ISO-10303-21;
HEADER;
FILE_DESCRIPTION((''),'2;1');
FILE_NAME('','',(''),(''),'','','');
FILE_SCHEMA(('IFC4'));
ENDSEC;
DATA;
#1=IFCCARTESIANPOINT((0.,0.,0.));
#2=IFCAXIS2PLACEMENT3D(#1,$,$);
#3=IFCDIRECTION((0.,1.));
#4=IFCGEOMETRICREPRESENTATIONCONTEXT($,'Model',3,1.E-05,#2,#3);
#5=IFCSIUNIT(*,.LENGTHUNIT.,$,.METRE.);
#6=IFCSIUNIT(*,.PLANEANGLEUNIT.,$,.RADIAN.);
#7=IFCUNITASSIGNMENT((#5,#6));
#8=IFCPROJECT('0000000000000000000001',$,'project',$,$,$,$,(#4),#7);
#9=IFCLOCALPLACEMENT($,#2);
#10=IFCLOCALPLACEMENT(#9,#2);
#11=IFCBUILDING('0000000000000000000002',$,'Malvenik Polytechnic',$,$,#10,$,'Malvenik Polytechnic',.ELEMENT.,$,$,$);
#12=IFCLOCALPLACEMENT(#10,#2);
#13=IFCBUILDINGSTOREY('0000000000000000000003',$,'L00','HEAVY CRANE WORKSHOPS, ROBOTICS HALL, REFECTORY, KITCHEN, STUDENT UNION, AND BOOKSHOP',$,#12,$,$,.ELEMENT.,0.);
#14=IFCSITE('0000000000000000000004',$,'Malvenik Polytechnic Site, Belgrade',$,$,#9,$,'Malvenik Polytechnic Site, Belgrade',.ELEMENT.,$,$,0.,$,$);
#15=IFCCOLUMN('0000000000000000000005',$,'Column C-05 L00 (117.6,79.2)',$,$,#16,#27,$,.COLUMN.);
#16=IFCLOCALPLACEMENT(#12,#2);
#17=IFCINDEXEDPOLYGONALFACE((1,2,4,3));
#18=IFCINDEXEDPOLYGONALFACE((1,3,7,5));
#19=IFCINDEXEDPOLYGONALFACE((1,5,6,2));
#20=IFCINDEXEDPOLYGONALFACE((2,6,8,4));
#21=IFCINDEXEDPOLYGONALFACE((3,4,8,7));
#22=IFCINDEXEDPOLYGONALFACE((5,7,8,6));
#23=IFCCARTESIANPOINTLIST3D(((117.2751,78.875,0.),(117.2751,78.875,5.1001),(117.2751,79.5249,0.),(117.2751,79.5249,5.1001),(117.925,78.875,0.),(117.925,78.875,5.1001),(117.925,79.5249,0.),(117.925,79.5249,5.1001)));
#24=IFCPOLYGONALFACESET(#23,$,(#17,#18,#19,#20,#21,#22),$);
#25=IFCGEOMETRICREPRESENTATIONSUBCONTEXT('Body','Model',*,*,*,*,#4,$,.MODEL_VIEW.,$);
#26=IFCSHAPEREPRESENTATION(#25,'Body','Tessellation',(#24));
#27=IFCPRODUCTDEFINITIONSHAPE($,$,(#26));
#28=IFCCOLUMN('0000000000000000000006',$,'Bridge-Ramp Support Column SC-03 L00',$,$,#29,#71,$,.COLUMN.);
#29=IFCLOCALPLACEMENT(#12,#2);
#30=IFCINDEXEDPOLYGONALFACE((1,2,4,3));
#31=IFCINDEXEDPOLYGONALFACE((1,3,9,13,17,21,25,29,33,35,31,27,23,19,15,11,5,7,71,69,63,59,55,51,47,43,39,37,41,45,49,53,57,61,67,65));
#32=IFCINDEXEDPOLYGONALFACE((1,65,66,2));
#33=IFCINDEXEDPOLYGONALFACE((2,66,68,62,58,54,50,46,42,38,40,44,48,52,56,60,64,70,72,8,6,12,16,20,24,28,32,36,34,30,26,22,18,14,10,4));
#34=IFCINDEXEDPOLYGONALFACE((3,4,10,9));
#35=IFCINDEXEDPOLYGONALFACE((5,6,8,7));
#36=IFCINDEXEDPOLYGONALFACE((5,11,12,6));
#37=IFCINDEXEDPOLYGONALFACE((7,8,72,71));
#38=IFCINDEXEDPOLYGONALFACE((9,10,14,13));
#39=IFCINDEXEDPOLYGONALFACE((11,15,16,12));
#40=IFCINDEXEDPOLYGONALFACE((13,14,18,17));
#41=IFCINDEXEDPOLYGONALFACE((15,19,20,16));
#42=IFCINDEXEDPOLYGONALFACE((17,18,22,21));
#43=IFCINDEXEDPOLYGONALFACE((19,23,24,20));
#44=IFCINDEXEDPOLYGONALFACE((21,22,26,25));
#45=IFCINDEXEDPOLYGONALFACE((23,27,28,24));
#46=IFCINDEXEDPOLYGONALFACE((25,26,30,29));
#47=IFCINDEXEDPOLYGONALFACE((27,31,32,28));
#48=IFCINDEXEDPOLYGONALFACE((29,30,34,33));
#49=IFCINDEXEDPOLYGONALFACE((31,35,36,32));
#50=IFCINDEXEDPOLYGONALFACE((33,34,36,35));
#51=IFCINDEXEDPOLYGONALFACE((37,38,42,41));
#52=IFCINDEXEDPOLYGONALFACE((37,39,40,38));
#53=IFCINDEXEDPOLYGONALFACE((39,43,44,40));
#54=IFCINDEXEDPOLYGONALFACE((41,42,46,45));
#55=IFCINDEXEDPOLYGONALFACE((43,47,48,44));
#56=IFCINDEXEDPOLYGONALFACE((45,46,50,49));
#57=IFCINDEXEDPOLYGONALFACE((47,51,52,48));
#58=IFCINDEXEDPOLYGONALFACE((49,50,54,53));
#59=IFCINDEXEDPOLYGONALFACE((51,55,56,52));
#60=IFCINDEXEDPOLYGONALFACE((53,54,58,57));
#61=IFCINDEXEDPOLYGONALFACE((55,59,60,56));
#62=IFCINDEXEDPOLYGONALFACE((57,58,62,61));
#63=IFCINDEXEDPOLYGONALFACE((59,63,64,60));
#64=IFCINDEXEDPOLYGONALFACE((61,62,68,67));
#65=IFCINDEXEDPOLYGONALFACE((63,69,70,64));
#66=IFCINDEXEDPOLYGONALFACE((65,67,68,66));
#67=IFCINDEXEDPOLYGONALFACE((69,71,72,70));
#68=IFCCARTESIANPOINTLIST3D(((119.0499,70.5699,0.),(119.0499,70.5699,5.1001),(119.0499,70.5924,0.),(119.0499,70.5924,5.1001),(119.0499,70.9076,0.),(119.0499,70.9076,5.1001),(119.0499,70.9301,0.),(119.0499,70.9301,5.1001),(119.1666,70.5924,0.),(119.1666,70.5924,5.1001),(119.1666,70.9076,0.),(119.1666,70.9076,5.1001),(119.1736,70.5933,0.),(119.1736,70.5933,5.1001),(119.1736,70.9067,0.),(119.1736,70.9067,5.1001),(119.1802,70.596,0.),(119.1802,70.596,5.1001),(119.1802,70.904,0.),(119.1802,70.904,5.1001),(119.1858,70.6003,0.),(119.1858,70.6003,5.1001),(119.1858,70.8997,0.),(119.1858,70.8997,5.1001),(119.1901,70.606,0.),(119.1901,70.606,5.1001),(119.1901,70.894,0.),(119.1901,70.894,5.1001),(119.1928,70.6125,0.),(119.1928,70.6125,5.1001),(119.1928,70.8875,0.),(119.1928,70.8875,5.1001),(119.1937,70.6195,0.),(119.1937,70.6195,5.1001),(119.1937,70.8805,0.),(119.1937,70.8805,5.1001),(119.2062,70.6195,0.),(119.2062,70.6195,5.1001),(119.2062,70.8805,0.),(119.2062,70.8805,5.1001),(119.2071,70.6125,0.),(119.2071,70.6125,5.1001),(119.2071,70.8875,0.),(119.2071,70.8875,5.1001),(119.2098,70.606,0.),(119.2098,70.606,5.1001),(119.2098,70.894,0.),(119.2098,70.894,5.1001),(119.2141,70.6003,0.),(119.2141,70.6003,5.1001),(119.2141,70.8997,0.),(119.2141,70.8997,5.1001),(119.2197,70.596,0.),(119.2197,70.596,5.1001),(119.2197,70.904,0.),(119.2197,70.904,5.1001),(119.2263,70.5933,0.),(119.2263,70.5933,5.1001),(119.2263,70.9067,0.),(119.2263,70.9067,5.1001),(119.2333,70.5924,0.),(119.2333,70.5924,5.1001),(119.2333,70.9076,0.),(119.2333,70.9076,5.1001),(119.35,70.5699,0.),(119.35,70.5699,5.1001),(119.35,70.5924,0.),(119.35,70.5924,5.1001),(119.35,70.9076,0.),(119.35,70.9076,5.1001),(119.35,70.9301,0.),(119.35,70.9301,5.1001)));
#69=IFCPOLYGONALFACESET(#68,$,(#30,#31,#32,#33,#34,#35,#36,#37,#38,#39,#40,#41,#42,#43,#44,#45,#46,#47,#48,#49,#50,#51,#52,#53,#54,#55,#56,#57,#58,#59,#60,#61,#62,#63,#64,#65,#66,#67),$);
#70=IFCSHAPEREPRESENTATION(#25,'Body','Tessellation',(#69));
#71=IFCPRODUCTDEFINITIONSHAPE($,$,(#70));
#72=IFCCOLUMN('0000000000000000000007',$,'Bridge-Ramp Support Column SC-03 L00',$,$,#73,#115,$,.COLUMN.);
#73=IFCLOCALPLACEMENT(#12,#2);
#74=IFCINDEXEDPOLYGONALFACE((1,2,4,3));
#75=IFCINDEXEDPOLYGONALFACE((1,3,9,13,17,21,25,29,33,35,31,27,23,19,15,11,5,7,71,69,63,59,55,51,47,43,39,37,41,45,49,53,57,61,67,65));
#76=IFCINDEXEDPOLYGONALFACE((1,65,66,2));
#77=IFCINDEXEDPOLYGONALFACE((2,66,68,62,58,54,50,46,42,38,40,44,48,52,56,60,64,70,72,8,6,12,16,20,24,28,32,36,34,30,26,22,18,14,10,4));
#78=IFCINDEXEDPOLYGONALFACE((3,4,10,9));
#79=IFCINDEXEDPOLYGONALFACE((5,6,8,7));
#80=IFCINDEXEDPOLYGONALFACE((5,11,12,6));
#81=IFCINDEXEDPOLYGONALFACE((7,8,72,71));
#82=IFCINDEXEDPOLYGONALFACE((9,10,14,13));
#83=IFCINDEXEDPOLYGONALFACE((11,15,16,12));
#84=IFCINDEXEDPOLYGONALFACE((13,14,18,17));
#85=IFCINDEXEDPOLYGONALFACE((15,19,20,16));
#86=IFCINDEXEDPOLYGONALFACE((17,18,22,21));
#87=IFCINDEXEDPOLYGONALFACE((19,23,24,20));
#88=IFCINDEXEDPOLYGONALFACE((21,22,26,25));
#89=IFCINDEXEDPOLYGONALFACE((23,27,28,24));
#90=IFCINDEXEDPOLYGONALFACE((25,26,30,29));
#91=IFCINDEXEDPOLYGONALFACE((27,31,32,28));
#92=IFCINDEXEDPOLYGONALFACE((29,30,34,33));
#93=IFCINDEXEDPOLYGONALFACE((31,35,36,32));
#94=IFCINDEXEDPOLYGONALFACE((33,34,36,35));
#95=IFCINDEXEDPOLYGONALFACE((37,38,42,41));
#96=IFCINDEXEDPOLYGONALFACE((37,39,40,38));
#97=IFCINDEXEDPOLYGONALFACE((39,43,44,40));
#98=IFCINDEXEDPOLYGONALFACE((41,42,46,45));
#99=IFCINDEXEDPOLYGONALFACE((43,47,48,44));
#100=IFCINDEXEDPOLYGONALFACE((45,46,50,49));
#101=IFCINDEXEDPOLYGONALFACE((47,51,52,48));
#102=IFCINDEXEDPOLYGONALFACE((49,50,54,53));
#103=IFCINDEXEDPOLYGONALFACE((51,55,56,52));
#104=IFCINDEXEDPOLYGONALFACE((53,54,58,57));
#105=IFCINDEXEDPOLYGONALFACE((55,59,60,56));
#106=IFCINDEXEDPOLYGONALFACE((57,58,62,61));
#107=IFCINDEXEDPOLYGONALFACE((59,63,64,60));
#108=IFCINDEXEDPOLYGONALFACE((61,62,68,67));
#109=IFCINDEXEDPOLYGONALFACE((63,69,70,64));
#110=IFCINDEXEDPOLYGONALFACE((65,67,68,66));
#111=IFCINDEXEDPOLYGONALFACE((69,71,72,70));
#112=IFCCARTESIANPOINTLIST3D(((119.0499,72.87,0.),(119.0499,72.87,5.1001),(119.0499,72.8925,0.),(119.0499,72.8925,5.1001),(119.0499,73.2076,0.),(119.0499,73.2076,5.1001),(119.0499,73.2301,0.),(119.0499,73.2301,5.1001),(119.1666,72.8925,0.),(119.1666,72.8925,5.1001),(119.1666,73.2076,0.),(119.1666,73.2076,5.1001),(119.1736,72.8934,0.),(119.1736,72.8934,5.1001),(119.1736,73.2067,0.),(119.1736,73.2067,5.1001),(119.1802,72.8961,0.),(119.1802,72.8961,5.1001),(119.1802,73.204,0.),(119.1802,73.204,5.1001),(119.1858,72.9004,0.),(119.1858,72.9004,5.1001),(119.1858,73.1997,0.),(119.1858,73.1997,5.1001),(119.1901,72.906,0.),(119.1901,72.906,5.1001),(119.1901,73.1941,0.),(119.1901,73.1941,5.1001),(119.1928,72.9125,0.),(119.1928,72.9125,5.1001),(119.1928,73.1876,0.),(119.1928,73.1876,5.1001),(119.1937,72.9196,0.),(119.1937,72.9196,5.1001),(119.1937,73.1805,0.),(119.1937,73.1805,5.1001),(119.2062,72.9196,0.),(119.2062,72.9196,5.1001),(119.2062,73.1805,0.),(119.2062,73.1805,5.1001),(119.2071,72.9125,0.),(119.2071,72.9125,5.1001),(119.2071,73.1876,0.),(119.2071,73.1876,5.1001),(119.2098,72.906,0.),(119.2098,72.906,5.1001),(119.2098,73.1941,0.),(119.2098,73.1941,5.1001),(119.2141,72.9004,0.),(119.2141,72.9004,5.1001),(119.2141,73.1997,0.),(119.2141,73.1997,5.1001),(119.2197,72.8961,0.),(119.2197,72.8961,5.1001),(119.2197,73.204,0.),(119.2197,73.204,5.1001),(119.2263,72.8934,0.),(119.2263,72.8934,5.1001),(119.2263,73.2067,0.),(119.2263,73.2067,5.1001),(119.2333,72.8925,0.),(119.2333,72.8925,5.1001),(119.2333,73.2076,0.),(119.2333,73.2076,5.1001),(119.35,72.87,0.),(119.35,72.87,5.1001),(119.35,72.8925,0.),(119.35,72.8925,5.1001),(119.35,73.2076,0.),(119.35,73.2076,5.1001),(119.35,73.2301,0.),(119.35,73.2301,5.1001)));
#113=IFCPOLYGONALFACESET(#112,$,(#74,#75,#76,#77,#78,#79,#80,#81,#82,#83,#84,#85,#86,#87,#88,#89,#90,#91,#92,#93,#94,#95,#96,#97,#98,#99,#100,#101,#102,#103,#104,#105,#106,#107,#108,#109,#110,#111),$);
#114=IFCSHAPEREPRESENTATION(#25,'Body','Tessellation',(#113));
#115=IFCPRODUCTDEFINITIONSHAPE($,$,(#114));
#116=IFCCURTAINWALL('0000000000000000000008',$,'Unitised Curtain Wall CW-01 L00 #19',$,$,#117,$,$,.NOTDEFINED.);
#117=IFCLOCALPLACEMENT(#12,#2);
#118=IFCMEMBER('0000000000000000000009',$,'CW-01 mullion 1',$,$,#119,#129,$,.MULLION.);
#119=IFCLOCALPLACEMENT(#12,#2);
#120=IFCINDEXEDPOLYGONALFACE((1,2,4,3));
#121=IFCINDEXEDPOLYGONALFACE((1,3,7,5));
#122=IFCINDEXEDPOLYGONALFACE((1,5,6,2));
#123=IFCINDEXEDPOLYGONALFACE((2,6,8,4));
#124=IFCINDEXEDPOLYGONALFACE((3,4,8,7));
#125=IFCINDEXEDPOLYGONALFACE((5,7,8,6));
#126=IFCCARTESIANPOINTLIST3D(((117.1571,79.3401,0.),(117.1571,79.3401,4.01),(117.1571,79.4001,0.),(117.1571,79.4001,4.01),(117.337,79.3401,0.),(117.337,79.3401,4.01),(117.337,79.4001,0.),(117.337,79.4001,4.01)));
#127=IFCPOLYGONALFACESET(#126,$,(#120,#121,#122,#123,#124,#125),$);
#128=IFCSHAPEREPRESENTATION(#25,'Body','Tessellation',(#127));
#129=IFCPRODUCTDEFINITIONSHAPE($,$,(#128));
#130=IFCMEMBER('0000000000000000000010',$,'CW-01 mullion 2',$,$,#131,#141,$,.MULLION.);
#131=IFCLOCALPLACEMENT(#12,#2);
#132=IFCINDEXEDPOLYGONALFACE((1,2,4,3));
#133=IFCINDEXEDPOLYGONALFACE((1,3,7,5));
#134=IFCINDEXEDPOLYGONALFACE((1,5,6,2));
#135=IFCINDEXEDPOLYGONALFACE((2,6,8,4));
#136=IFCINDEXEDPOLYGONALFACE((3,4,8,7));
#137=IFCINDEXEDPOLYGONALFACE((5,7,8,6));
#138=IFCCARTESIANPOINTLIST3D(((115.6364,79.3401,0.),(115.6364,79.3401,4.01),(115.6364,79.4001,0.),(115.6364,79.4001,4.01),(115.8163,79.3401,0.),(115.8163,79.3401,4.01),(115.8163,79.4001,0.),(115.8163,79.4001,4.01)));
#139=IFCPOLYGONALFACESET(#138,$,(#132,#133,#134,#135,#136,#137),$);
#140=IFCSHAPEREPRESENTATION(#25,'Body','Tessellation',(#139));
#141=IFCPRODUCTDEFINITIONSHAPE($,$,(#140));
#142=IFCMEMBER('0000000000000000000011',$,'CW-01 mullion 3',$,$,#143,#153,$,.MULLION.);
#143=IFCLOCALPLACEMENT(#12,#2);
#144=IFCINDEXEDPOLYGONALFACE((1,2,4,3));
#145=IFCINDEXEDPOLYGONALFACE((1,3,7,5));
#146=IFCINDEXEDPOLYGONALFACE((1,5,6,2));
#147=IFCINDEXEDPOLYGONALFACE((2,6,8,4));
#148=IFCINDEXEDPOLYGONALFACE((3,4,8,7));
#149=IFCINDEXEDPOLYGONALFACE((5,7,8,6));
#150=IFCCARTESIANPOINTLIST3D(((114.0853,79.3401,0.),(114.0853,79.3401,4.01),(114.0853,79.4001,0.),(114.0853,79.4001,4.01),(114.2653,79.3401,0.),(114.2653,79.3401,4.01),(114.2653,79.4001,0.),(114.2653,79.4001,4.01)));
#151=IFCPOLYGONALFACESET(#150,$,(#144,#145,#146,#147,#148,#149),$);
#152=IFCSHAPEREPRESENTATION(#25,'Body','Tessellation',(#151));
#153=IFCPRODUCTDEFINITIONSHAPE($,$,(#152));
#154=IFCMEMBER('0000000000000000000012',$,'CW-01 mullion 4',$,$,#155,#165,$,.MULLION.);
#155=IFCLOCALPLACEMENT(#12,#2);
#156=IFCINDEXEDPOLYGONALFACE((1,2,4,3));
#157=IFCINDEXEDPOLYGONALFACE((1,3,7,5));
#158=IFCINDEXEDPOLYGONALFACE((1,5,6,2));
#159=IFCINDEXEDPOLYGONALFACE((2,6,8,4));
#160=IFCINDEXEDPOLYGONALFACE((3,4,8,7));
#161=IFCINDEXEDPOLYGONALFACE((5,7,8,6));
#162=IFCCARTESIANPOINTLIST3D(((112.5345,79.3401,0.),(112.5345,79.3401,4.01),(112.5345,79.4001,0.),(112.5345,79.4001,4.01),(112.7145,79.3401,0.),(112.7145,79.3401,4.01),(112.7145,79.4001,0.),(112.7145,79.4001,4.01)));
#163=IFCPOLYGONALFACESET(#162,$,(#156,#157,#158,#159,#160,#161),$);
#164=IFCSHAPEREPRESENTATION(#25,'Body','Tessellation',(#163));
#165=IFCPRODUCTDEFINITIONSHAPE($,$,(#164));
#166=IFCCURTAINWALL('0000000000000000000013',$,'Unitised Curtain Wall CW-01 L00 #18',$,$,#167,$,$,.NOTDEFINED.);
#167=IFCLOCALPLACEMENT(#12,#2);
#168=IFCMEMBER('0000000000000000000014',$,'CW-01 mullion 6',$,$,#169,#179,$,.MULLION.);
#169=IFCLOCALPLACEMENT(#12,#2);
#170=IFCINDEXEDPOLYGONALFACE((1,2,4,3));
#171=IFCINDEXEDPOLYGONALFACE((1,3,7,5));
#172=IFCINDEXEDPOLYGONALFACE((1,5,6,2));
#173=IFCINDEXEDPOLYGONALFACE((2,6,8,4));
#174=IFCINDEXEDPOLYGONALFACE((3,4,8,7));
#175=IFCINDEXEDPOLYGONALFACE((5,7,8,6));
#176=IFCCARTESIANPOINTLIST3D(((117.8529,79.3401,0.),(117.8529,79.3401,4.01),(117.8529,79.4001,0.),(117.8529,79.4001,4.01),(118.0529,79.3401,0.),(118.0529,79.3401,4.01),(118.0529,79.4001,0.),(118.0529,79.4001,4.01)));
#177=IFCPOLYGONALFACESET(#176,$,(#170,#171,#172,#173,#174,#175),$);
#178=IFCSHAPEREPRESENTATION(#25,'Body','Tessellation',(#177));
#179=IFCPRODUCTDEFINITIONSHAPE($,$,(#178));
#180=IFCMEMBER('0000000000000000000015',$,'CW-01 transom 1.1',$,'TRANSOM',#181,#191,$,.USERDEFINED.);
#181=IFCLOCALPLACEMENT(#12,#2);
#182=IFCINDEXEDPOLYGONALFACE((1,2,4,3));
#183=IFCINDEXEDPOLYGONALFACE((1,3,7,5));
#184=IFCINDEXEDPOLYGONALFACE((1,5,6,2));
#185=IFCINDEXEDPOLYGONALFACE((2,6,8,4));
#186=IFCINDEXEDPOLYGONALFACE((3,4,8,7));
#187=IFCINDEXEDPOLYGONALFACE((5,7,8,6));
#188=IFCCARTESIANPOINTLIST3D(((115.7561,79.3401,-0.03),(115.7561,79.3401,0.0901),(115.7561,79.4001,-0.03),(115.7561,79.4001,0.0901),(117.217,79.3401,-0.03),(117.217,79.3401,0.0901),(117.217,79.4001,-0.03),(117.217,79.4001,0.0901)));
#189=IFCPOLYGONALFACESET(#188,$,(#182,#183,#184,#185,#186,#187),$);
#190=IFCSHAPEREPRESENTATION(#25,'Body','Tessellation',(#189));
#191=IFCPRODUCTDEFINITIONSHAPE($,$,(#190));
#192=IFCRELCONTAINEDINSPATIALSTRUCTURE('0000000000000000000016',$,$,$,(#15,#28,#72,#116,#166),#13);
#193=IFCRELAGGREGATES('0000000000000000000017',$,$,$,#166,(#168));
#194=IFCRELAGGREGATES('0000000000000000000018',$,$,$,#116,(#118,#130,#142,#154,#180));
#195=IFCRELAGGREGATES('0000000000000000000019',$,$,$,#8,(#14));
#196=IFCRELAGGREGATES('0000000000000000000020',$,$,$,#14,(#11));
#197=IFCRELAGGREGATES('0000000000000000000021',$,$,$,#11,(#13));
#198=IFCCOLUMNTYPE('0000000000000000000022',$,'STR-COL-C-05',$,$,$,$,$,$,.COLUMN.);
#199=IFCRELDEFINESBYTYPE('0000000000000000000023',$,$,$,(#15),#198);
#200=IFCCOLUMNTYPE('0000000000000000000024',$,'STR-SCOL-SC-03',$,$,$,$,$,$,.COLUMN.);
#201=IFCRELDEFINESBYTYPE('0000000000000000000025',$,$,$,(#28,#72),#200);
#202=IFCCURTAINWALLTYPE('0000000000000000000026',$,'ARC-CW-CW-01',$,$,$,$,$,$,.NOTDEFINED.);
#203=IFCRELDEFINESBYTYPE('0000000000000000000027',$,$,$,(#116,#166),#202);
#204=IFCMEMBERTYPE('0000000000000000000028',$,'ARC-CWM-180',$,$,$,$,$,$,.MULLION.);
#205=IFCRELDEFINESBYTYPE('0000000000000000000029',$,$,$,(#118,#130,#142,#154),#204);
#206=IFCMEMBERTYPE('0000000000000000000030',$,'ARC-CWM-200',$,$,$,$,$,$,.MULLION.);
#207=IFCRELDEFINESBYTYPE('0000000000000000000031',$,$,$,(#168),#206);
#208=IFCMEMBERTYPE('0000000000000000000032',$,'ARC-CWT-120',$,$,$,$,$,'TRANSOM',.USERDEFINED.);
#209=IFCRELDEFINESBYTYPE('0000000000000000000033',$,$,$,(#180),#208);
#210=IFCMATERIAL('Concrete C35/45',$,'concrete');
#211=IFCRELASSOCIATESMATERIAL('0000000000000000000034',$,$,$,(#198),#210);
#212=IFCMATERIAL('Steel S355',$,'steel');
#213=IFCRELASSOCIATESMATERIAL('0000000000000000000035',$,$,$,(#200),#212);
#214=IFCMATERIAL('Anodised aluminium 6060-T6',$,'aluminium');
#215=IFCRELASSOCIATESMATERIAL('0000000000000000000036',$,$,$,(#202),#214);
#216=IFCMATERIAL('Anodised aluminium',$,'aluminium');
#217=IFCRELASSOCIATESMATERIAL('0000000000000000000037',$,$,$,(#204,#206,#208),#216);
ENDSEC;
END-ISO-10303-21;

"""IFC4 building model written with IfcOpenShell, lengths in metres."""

from ifc_helpers import new_model, si_unit, direction, frame, origin, origin_2d, place, context, subcontext, project, spatial, rectangle, i_section, extrude, material, material_profile, profile_set, type_object, element, aggregate, save


model = new_model("IFC4")

# Units and contexts
model_context = context("Model", 3, precision=1e-05, world=origin(), true_north=direction((0.0, 1.0)))
body_context = subcontext(model_context, "Body", "Model", "MODEL_VIEW")
ifc_project = project(units=[si_unit("LENGTHUNIT", "METRE"), si_unit("PLANEANGLEUNIT", "RADIAN")], contexts=[model_context])

# Site, building, storey
site_placement = place(None, origin())
site = spatial("IfcSite", under=ifc_project, at=site_placement, Name="Malvenik Polytechnic Site, Belgrade", LongName="Malvenik Polytechnic Site, Belgrade", CompositionType="ELEMENT", RefElevation=0.0)
building_placement = place(site_placement, origin())
building = spatial("IfcBuilding", under=site, at=building_placement, Name="Malvenik Polytechnic", LongName="Malvenik Polytechnic", CompositionType="ELEMENT")
storey_placement = place(building_placement, origin())
storey = spatial("IfcBuildingStorey", under=building, at=storey_placement, Name="L00", Description="HEAVY CRANE WORKSHOPS, ROBOTICS HALL, REFECTORY, KITCHEN, STUDENT UNION, AND BOOKSHOP", CompositionType="ELEMENT", Elevation=0.0)

# Columns
ifc_material_1 = material(Name="Concrete C35/45", Category="concrete")
ifc_material_profile_1 = material_profile(ifc_material_1, rectangle(XDim=0.6499, YDim=0.6499, at=origin_2d()), Name="RC COL 650x650")
ifc_profile_set_1 = profile_set([ifc_material_profile_1], Name="Concrete C35/45")
column_type_1 = type_object("IfcColumnType", Name="STR-COL-C-05", PredefinedType="COLUMN", material=ifc_profile_set_1)
column_placement = place(storey_placement, frame((117.6001, 79.2, 0.0), z_axis=(0.0, 0.0, 1.0), x_axis=(1.0, 0.0, 0.0)))
element("IfcColumn", 1, at=column_placement, inside=storey, type_object=column_type_1, Name="Column C-05 L00 (117.6,79.2)", PredefinedType="COLUMN", context=body_context, shape_type="SweptSolid", body=[
    extrude(rectangle(XDim=0.6499, YDim=0.6499, at=origin_2d()), origin(), (0.0, 0.0, 1.0), 5.1001),
])
ifc_material_2 = material(Name="Steel S355", Category="steel")
ifc_material_profile_2 = material_profile(ifc_material_2, i_section(OverallWidth=0.3, OverallDepth=0.3601, WebThickness=0.0125, FlangeThickness=0.0225, FilletRadius=0.0271, at=origin_2d()), Name="HEB 360")
ifc_profile_set_2 = profile_set([ifc_material_profile_2], Name="Steel S355")
column_type_2 = type_object("IfcColumnType", Name="STR-SCOL-SC-03", PredefinedType="COLUMN", material=ifc_profile_set_2)
for number, where, z_axis, x_axis, name in (
    (2, (119.2, 70.75, 0.0), (0.0, 0.0, 1.0), (1.0, 0.0, 0.0), "Bridge-Ramp Support Column SC-03 L00"),
    (3, (119.2, 73.05, 0.0), (0.0, 0.0, 1.0), (1.0, 0.0, 0.0), "Bridge-Ramp Support Column SC-03 L00"),
):
    element("IfcColumn", number, at=place(storey_placement, frame(where, z_axis=z_axis, x_axis=x_axis)), inside=storey, type_object=column_type_2, Name=name, PredefinedType="COLUMN", context=body_context, shape_type="SweptSolid", body=[
        extrude(i_section(OverallWidth=0.3, OverallDepth=0.3601, WebThickness=0.0125, FlangeThickness=0.0225, FilletRadius=0.0271, at=origin_2d()), origin(), (0.0, 0.0, 1.0), 5.1001),
    ])

# Curtain wall, members
ifc_material_3 = material(Name="Anodised aluminium 6060-T6", Category="aluminium")
curtain_wall_type = type_object("IfcCurtainWallType", Name="ARC-CW-CW-01", PredefinedType="NOTDEFINED", material=ifc_material_3)
curtain_wall_1_placement = place(storey_placement, origin())
curtain_wall_1 = element("IfcCurtainWall", 4, at=curtain_wall_1_placement, inside=storey, type_object=curtain_wall_type, Name="Unitised Curtain Wall CW-01 L00 #19", PredefinedType="NOTDEFINED")
ifc_material_4 = material(Name="Anodised aluminium", Category="aluminium")
ifc_material_profile_3 = material_profile(ifc_material_4, rectangle(XDim=0.0601, YDim=0.1799, at=origin_2d()), Name="ALU MULLION 60x180")
ifc_profile_set_3 = profile_set([ifc_material_profile_3], Name="Anodised aluminium")
member_type_1 = type_object("IfcMemberType", Name="ARC-CWM-180", PredefinedType="MULLION", material=ifc_profile_set_3)
member_1_placement = place(storey_placement, frame((117.2471, 79.3701, 0.0), z_axis=(0.0, 0.0, 1.0), x_axis=(0.0, -1.0, 0.0)))
member_1 = element("IfcMember", 5, at=member_1_placement, type_object=member_type_1, Name="CW-01 mullion 1", PredefinedType="MULLION", context=body_context, shape_type="SweptSolid", body=[
    extrude(rectangle(XDim=0.0601, YDim=0.1799, at=origin_2d()), origin(), (0.0, 0.0, 1.0), 4.01),
])
member_2_placement = place(storey_placement, frame((115.7263, 79.3701, 0.0), z_axis=(0.0, 0.0, 1.0), x_axis=(0.0, -1.0, 0.0)))
member_2 = element("IfcMember", 6, at=member_2_placement, type_object=member_type_1, Name="CW-01 mullion 2", PredefinedType="MULLION", context=body_context, shape_type="SweptSolid", body=[
    extrude(rectangle(XDim=0.0601, YDim=0.1799, at=origin_2d()), origin(), (0.0, 0.0, 1.0), 4.01),
])
member_3_placement = place(storey_placement, frame((114.1753, 79.3701, 0.0), z_axis=(0.0, 0.0, 1.0), x_axis=(0.0, -1.0, 0.0)))
member_3 = element("IfcMember", 7, at=member_3_placement, type_object=member_type_1, Name="CW-01 mullion 3", PredefinedType="MULLION", context=body_context, shape_type="SweptSolid", body=[
    extrude(rectangle(XDim=0.0601, YDim=0.1799, at=origin_2d()), origin(), (0.0, 0.0, 1.0), 4.01),
])
member_4_placement = place(storey_placement, frame((112.6245, 79.3701, 0.0), z_axis=(0.0, 0.0, 1.0), x_axis=(0.0, -1.0, 0.0)))
member_4 = element("IfcMember", 8, at=member_4_placement, type_object=member_type_1, Name="CW-01 mullion 4", PredefinedType="MULLION", context=body_context, shape_type="SweptSolid", body=[
    extrude(rectangle(XDim=0.0601, YDim=0.1799, at=origin_2d()), origin(), (0.0, 0.0, 1.0), 4.01),
])

# Curtain wall, member
curtain_wall_2_placement = place(storey_placement, origin())
curtain_wall_2 = element("IfcCurtainWall", 9, at=curtain_wall_2_placement, inside=storey, type_object=curtain_wall_type, Name="Unitised Curtain Wall CW-01 L00 #18", PredefinedType="NOTDEFINED")
ifc_material_profile_4 = material_profile(ifc_material_4, rectangle(XDim=0.0601, YDim=0.2, at=origin_2d()), Name="ALU MULLION 60x200")
ifc_profile_set_4 = profile_set([ifc_material_profile_4], Name="Anodised aluminium")
member_type_2 = type_object("IfcMemberType", Name="ARC-CWM-200", PredefinedType="MULLION", material=ifc_profile_set_4)
member_5_placement = place(storey_placement, frame((117.9529, 79.3701, 0.0), z_axis=(0.0, 0.0, 1.0), x_axis=(0.0, -1.0, 0.0)))
member_5 = element("IfcMember", 10, at=member_5_placement, type_object=member_type_2, Name="CW-01 mullion 6", PredefinedType="MULLION", context=body_context, shape_type="SweptSolid", body=[
    extrude(rectangle(XDim=0.0601, YDim=0.2, at=origin_2d()), origin(), (0.0, 0.0, 1.0), 4.01),
])

# Member
ifc_material_profile_5 = material_profile(ifc_material_4, rectangle(XDim=0.0601, YDim=0.1201, at=origin_2d()), Name="ALU TRANSOM 60x120")
ifc_profile_set_5 = profile_set([ifc_material_profile_5], Name="Anodised aluminium")
member_type_3 = type_object("IfcMemberType", Name="ARC-CWT-120", ElementType="TRANSOM", PredefinedType="USERDEFINED", material=ifc_profile_set_5)
member_6_placement = place(storey_placement, frame((117.217, 79.3701, 0.03), z_axis=(-1.0, 0.0, 0.0), x_axis=(0.0, -1.0, 0.0)))
member_6 = element("IfcMember", 11, at=member_6_placement, type_object=member_type_3, Name="CW-01 transom 1.1", ObjectType="TRANSOM", PredefinedType="USERDEFINED", context=body_context, shape_type="SweptSolid", body=[
    extrude(rectangle(XDim=0.0601, YDim=0.1201, at=origin_2d()), origin(), (0.0, 0.0, 1.0), 1.4609),
])

aggregate(curtain_wall_2, [member_5])
aggregate(curtain_wall_1, [member_1, member_2, member_3, member_4, member_6])

save(model, "model.ifc")
